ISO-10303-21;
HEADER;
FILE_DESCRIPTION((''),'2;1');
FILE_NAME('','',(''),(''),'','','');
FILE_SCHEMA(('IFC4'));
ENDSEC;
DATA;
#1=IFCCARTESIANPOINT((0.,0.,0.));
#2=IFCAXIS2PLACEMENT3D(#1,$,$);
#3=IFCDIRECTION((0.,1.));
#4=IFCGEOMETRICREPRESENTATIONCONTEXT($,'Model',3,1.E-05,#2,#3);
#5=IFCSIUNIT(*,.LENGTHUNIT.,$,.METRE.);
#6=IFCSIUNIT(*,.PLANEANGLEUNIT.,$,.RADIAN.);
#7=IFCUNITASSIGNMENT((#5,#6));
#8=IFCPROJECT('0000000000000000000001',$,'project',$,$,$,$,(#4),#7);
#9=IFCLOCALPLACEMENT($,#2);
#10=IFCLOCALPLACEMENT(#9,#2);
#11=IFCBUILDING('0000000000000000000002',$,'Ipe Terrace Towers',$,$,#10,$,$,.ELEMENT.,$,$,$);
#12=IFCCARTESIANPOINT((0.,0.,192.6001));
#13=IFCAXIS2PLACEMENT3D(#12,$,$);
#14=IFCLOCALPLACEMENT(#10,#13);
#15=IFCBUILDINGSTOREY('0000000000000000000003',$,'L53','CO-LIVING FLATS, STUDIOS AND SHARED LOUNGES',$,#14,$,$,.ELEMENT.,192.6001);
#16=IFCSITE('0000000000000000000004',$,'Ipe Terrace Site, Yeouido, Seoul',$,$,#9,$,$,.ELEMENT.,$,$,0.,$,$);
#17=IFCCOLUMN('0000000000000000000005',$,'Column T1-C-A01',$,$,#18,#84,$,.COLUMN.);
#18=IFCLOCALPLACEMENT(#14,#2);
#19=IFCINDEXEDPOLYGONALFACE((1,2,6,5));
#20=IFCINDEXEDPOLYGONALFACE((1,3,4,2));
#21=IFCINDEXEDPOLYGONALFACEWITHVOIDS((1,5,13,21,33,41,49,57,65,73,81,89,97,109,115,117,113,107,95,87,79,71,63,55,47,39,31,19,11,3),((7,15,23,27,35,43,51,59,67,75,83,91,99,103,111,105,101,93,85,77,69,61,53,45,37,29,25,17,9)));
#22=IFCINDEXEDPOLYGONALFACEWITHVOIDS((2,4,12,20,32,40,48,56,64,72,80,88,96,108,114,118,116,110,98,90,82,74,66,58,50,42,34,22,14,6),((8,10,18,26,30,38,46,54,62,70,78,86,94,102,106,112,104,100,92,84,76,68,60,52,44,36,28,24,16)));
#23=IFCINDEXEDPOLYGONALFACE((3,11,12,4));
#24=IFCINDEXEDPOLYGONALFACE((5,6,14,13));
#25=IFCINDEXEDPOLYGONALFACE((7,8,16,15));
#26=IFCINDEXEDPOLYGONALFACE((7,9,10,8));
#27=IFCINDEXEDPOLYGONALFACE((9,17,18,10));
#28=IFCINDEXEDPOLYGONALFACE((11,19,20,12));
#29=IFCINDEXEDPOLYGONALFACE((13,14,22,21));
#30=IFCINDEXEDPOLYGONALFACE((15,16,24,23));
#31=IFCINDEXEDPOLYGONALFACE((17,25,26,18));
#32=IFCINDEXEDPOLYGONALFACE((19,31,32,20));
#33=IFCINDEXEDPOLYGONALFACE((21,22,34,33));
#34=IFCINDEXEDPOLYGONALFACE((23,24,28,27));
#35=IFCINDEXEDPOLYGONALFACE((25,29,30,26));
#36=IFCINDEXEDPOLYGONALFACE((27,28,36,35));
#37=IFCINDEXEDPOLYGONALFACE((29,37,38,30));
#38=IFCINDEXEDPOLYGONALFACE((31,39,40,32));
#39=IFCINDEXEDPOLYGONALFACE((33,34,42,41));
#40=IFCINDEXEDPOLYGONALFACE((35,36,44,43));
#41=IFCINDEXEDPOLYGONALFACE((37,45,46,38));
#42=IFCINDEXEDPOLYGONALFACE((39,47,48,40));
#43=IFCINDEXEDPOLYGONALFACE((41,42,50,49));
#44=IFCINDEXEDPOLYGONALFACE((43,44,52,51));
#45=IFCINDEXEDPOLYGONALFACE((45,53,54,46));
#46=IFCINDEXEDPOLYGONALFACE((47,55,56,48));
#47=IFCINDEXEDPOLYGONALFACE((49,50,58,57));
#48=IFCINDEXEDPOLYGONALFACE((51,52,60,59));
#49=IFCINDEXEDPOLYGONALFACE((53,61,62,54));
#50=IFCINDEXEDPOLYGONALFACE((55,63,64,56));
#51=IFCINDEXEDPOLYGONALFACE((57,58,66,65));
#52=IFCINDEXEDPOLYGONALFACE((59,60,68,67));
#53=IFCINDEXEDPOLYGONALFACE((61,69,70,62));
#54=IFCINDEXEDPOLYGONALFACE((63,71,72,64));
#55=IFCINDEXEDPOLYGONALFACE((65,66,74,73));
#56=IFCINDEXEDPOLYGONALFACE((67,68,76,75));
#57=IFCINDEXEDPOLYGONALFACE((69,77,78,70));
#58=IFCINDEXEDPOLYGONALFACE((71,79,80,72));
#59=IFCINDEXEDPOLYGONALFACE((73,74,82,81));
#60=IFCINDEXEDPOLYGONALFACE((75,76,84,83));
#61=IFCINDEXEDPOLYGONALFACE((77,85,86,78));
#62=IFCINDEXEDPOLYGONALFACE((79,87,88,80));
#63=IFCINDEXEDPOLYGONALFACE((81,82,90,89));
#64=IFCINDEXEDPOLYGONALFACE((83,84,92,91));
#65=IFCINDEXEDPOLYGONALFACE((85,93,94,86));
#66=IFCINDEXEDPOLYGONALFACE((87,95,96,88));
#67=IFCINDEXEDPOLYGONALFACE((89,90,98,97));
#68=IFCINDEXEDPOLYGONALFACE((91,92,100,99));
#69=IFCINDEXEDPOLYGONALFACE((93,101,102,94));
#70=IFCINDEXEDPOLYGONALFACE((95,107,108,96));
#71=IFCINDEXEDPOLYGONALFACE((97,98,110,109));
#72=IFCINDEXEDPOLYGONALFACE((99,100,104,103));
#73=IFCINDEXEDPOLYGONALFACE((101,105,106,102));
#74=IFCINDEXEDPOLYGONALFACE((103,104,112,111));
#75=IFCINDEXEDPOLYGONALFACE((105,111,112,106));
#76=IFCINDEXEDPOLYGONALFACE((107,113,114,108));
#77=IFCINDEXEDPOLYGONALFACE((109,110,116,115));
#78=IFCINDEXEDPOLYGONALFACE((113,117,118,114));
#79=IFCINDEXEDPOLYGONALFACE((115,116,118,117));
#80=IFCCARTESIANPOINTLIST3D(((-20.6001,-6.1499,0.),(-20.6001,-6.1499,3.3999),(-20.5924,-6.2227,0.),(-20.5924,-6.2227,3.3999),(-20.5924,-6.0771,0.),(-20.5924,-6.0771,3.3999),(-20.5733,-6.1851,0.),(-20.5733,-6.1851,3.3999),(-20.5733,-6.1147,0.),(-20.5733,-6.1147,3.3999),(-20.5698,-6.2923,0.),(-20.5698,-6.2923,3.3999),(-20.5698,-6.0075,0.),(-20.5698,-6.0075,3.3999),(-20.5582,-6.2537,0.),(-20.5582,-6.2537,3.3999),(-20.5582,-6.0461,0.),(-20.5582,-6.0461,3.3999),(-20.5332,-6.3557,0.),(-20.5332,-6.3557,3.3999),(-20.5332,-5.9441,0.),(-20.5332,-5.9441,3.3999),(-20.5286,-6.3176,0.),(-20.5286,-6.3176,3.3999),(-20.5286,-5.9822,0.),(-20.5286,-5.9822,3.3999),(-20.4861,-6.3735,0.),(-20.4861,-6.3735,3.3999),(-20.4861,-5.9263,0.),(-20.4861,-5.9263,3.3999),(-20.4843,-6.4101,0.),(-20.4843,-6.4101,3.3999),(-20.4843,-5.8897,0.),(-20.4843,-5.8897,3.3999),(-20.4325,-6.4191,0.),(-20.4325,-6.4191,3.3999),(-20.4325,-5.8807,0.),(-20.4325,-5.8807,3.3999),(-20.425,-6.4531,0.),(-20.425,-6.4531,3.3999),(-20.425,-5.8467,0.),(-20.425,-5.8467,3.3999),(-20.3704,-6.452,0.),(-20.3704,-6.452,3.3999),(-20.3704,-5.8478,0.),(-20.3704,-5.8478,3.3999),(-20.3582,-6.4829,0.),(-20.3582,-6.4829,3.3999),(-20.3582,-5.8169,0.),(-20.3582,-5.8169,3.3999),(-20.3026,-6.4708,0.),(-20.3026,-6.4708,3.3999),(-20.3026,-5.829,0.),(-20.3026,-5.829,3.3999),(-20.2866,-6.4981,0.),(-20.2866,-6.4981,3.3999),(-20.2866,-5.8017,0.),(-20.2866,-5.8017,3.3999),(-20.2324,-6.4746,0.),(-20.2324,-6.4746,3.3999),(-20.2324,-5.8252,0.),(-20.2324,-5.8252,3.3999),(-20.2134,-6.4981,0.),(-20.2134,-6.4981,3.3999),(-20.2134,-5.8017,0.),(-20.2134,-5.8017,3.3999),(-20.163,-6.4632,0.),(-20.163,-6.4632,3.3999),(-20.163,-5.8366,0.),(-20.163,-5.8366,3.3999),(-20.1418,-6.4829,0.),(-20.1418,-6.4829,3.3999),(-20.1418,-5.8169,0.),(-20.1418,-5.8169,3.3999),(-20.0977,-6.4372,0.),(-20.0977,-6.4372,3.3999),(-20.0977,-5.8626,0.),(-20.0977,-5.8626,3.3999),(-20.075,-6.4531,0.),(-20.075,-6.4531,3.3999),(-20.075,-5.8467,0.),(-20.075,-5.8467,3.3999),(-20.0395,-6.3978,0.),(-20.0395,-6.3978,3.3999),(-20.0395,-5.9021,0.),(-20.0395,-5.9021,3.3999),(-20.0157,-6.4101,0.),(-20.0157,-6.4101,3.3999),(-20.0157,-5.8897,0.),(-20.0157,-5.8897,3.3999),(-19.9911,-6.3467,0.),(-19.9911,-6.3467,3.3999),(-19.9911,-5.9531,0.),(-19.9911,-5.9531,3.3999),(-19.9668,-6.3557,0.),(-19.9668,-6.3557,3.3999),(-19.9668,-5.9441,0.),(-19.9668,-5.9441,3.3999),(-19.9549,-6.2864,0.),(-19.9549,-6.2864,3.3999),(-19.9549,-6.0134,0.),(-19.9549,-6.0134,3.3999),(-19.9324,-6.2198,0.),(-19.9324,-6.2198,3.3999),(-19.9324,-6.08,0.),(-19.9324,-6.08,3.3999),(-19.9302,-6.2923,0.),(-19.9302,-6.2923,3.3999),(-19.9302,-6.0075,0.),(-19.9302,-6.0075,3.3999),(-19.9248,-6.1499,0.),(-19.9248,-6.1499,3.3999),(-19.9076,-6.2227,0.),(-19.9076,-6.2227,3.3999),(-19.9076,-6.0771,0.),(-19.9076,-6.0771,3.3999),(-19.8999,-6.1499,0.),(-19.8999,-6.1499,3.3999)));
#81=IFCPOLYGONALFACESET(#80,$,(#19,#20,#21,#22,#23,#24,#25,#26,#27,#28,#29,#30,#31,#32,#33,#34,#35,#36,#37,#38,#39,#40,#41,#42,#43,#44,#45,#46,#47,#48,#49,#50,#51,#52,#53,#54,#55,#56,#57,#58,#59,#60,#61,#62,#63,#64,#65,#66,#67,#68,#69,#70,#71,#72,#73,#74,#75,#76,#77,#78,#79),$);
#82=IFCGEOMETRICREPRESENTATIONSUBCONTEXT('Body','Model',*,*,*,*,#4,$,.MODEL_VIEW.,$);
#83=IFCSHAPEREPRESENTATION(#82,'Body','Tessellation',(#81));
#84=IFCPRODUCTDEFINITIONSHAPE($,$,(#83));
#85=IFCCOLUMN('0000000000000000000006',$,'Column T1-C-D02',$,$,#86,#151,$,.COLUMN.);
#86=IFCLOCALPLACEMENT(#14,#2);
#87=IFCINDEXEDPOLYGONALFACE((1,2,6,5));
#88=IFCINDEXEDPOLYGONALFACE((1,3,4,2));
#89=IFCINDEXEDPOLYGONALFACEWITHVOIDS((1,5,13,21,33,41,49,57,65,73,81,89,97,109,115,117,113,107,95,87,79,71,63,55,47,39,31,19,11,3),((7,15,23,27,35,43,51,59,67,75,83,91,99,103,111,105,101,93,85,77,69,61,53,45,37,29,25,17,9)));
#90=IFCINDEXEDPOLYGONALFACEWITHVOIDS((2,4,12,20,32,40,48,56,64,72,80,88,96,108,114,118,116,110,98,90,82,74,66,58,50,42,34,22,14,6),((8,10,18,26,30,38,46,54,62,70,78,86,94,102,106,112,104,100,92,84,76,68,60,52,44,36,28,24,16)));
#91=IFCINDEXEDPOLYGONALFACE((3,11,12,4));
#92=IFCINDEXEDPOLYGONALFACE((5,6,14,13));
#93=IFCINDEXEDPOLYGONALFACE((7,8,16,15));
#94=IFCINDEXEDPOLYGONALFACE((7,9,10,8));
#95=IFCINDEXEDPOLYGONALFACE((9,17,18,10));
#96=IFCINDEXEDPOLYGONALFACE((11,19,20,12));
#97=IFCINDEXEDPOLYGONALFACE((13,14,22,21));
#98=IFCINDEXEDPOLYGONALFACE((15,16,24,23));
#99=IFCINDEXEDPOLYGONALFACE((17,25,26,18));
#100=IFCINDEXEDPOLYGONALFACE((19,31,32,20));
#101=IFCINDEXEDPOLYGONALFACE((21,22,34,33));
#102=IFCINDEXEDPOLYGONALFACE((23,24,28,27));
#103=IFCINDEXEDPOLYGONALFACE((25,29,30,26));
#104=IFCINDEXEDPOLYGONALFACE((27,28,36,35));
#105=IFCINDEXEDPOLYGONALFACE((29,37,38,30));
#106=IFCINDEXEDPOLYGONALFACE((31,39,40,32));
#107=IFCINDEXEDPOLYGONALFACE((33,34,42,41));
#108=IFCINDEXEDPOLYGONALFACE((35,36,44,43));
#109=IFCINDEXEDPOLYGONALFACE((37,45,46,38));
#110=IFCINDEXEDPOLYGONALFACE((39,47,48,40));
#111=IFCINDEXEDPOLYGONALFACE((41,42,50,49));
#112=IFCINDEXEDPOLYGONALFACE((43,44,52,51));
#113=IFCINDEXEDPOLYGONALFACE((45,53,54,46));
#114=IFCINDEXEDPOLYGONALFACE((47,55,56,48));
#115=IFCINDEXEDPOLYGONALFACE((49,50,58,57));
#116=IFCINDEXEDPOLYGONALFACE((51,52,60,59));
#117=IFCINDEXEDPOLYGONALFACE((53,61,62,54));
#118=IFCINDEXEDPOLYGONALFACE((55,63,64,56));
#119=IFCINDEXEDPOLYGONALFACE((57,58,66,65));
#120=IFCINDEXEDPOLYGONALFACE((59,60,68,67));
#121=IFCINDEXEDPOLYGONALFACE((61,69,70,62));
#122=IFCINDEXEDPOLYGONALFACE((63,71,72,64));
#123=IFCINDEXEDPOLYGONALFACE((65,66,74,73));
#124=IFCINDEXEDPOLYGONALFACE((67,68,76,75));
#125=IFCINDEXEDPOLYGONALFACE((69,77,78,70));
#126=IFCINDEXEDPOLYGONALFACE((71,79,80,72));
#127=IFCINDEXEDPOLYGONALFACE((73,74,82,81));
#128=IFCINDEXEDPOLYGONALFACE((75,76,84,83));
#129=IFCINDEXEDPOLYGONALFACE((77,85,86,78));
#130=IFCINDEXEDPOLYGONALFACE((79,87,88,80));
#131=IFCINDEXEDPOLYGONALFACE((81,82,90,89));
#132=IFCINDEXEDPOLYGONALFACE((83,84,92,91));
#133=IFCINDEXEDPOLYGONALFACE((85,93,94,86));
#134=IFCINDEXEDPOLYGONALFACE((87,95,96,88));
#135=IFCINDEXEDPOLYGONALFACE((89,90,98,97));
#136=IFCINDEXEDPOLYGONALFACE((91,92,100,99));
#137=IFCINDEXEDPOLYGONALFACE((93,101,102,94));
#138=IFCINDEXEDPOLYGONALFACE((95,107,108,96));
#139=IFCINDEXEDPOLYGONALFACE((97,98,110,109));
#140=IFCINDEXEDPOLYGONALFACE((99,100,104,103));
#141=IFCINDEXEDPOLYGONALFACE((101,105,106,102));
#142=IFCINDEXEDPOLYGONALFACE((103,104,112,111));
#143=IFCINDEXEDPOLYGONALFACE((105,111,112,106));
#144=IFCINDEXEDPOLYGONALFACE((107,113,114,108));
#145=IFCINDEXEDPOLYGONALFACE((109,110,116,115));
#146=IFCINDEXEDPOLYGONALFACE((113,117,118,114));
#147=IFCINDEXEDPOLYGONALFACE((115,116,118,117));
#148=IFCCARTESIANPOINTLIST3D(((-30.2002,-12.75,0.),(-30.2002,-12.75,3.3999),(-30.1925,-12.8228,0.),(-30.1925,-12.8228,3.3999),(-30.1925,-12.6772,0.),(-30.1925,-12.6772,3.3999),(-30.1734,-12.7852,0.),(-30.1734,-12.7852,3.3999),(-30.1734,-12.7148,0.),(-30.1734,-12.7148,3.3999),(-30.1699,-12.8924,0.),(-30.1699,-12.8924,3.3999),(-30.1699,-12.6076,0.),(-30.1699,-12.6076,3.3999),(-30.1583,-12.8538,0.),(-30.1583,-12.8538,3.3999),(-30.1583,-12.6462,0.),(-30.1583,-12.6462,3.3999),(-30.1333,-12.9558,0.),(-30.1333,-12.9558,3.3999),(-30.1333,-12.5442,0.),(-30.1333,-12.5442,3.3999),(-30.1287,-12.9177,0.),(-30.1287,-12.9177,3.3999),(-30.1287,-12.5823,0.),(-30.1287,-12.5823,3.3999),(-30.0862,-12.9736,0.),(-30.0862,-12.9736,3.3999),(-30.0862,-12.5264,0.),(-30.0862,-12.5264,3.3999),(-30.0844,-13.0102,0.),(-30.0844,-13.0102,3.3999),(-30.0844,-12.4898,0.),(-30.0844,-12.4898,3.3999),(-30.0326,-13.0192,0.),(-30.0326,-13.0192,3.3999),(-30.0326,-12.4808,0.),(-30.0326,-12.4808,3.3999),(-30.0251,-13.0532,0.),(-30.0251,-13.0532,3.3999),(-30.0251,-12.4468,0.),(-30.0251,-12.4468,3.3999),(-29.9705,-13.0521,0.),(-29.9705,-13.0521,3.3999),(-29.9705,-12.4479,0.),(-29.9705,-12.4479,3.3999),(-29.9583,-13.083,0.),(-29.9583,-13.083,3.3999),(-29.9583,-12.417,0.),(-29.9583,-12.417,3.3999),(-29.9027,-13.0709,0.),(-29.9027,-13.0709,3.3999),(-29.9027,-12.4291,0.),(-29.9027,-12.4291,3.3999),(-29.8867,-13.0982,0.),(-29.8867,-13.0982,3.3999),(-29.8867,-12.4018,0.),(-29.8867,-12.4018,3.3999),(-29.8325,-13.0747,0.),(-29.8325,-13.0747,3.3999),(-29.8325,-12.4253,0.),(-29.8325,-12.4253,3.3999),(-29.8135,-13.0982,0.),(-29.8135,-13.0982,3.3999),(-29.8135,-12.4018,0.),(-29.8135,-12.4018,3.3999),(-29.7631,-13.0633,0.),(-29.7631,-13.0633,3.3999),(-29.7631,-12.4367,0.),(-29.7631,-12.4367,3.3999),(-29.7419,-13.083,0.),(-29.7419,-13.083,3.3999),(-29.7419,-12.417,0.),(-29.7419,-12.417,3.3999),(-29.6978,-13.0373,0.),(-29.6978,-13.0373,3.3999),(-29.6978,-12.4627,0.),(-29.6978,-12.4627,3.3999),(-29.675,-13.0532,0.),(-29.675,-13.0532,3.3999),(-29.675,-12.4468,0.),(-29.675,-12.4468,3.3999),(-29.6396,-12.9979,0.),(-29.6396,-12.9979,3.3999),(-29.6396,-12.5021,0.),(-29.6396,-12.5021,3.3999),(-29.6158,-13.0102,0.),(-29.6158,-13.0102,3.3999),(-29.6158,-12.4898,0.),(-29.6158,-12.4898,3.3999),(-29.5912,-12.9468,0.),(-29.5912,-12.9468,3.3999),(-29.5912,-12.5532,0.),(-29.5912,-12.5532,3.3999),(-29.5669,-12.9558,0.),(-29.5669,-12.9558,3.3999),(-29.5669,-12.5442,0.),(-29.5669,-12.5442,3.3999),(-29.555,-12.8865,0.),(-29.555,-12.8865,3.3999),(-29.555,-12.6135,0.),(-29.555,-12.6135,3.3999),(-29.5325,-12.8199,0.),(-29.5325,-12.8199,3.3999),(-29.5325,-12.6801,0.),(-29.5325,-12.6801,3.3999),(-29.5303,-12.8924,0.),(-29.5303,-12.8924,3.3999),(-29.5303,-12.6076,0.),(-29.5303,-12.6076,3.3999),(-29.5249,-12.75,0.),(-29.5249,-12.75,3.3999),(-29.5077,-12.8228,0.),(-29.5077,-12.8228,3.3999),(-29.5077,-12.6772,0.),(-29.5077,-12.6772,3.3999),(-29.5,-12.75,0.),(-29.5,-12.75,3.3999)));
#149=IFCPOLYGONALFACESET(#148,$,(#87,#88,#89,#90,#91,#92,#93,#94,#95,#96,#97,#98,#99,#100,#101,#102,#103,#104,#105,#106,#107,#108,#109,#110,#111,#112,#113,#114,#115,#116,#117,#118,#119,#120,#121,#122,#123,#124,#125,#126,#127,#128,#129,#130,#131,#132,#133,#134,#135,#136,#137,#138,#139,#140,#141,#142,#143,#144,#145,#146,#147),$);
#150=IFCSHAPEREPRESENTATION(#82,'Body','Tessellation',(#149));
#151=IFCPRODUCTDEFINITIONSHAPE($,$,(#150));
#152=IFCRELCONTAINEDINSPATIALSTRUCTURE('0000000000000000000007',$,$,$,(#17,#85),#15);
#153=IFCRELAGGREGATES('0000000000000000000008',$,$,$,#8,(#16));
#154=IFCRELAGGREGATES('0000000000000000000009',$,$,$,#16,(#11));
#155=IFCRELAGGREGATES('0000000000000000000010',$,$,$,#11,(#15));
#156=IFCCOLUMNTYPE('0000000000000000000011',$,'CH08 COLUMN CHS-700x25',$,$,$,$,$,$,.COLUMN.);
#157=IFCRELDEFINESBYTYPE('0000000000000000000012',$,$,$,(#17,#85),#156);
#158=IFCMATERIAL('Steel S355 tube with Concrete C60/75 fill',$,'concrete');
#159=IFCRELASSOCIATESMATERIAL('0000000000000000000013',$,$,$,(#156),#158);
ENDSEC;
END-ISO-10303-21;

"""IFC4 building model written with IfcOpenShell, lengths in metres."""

from ifc_helpers import new_model, si_unit, direction, frame, origin, origin_2d, place, context, subcontext, project, spatial, hollow_circle, extrude, material, material_profile, profile_set, type_object, element, save


model = new_model("IFC4")

# Units and contexts
model_context = context("Model", 3, precision=1e-05, world=origin(), true_north=direction((0.0, 1.0)))
body_context = subcontext(model_context, "Body", "Model", "MODEL_VIEW")
ifc_project = project(units=[si_unit("LENGTHUNIT", "METRE"), si_unit("PLANEANGLEUNIT", "RADIAN")], contexts=[model_context])

# Site, building, storey
site_placement = place(None, origin())
site = spatial("IfcSite", under=ifc_project, at=site_placement, Name="Ipe Terrace Site, Yeouido, Seoul", CompositionType="ELEMENT", RefElevation=0.0)
building_placement = place(site_placement, origin())
building = spatial("IfcBuilding", under=site, at=building_placement, Name="Ipe Terrace Towers", CompositionType="ELEMENT")
storey_placement = place(building_placement, frame((0.0, 0.0, 192.6001)))
storey = spatial("IfcBuildingStorey", under=building, at=storey_placement, Name="L53", Description="CO-LIVING FLATS, STUDIOS AND SHARED LOUNGES", CompositionType="ELEMENT", Elevation=192.6001)

# Columns
ifc_material_1 = material(Name="Steel S355 tube with Concrete C60/75 fill", Category="concrete")
ifc_material_profile_1 = material_profile(ifc_material_1, hollow_circle(Radius=0.3501, WallThickness=0.0249, at=origin_2d()), Name="CHS-700x25")
ifc_profile_set_1 = profile_set([ifc_material_profile_1], Name="Steel S355 tube with Concrete C60/75 fill")
column_type_1 = type_object("IfcColumnType", Name="CH08 COLUMN CHS-700x25", PredefinedType="COLUMN", material=ifc_profile_set_1)
for number, where, z_axis, x_axis, name in (
    (1, (-20.25, -6.1499, 0.0), (0.0, 0.0, 1.0), (1.0, 0.0, 0.0), "Column T1-C-A01"),
    (2, (-29.8501, -12.75, 0.0), (0.0, 0.0, 1.0), (1.0, 0.0, 0.0), "Column T1-C-D02"),
):
    element("IfcColumn", number, at=place(storey_placement, frame(where, z_axis=z_axis, x_axis=x_axis)), inside=storey, type_object=column_type_1, Name=name, PredefinedType="COLUMN", context=body_context, shape_type="SweptSolid", body=[
        extrude(hollow_circle(Radius=0.3501, WallThickness=0.0249, at=origin_2d()), origin(), (0.0, 0.0, 1.0), 3.3999),
    ])

save(model, "model.ifc")
